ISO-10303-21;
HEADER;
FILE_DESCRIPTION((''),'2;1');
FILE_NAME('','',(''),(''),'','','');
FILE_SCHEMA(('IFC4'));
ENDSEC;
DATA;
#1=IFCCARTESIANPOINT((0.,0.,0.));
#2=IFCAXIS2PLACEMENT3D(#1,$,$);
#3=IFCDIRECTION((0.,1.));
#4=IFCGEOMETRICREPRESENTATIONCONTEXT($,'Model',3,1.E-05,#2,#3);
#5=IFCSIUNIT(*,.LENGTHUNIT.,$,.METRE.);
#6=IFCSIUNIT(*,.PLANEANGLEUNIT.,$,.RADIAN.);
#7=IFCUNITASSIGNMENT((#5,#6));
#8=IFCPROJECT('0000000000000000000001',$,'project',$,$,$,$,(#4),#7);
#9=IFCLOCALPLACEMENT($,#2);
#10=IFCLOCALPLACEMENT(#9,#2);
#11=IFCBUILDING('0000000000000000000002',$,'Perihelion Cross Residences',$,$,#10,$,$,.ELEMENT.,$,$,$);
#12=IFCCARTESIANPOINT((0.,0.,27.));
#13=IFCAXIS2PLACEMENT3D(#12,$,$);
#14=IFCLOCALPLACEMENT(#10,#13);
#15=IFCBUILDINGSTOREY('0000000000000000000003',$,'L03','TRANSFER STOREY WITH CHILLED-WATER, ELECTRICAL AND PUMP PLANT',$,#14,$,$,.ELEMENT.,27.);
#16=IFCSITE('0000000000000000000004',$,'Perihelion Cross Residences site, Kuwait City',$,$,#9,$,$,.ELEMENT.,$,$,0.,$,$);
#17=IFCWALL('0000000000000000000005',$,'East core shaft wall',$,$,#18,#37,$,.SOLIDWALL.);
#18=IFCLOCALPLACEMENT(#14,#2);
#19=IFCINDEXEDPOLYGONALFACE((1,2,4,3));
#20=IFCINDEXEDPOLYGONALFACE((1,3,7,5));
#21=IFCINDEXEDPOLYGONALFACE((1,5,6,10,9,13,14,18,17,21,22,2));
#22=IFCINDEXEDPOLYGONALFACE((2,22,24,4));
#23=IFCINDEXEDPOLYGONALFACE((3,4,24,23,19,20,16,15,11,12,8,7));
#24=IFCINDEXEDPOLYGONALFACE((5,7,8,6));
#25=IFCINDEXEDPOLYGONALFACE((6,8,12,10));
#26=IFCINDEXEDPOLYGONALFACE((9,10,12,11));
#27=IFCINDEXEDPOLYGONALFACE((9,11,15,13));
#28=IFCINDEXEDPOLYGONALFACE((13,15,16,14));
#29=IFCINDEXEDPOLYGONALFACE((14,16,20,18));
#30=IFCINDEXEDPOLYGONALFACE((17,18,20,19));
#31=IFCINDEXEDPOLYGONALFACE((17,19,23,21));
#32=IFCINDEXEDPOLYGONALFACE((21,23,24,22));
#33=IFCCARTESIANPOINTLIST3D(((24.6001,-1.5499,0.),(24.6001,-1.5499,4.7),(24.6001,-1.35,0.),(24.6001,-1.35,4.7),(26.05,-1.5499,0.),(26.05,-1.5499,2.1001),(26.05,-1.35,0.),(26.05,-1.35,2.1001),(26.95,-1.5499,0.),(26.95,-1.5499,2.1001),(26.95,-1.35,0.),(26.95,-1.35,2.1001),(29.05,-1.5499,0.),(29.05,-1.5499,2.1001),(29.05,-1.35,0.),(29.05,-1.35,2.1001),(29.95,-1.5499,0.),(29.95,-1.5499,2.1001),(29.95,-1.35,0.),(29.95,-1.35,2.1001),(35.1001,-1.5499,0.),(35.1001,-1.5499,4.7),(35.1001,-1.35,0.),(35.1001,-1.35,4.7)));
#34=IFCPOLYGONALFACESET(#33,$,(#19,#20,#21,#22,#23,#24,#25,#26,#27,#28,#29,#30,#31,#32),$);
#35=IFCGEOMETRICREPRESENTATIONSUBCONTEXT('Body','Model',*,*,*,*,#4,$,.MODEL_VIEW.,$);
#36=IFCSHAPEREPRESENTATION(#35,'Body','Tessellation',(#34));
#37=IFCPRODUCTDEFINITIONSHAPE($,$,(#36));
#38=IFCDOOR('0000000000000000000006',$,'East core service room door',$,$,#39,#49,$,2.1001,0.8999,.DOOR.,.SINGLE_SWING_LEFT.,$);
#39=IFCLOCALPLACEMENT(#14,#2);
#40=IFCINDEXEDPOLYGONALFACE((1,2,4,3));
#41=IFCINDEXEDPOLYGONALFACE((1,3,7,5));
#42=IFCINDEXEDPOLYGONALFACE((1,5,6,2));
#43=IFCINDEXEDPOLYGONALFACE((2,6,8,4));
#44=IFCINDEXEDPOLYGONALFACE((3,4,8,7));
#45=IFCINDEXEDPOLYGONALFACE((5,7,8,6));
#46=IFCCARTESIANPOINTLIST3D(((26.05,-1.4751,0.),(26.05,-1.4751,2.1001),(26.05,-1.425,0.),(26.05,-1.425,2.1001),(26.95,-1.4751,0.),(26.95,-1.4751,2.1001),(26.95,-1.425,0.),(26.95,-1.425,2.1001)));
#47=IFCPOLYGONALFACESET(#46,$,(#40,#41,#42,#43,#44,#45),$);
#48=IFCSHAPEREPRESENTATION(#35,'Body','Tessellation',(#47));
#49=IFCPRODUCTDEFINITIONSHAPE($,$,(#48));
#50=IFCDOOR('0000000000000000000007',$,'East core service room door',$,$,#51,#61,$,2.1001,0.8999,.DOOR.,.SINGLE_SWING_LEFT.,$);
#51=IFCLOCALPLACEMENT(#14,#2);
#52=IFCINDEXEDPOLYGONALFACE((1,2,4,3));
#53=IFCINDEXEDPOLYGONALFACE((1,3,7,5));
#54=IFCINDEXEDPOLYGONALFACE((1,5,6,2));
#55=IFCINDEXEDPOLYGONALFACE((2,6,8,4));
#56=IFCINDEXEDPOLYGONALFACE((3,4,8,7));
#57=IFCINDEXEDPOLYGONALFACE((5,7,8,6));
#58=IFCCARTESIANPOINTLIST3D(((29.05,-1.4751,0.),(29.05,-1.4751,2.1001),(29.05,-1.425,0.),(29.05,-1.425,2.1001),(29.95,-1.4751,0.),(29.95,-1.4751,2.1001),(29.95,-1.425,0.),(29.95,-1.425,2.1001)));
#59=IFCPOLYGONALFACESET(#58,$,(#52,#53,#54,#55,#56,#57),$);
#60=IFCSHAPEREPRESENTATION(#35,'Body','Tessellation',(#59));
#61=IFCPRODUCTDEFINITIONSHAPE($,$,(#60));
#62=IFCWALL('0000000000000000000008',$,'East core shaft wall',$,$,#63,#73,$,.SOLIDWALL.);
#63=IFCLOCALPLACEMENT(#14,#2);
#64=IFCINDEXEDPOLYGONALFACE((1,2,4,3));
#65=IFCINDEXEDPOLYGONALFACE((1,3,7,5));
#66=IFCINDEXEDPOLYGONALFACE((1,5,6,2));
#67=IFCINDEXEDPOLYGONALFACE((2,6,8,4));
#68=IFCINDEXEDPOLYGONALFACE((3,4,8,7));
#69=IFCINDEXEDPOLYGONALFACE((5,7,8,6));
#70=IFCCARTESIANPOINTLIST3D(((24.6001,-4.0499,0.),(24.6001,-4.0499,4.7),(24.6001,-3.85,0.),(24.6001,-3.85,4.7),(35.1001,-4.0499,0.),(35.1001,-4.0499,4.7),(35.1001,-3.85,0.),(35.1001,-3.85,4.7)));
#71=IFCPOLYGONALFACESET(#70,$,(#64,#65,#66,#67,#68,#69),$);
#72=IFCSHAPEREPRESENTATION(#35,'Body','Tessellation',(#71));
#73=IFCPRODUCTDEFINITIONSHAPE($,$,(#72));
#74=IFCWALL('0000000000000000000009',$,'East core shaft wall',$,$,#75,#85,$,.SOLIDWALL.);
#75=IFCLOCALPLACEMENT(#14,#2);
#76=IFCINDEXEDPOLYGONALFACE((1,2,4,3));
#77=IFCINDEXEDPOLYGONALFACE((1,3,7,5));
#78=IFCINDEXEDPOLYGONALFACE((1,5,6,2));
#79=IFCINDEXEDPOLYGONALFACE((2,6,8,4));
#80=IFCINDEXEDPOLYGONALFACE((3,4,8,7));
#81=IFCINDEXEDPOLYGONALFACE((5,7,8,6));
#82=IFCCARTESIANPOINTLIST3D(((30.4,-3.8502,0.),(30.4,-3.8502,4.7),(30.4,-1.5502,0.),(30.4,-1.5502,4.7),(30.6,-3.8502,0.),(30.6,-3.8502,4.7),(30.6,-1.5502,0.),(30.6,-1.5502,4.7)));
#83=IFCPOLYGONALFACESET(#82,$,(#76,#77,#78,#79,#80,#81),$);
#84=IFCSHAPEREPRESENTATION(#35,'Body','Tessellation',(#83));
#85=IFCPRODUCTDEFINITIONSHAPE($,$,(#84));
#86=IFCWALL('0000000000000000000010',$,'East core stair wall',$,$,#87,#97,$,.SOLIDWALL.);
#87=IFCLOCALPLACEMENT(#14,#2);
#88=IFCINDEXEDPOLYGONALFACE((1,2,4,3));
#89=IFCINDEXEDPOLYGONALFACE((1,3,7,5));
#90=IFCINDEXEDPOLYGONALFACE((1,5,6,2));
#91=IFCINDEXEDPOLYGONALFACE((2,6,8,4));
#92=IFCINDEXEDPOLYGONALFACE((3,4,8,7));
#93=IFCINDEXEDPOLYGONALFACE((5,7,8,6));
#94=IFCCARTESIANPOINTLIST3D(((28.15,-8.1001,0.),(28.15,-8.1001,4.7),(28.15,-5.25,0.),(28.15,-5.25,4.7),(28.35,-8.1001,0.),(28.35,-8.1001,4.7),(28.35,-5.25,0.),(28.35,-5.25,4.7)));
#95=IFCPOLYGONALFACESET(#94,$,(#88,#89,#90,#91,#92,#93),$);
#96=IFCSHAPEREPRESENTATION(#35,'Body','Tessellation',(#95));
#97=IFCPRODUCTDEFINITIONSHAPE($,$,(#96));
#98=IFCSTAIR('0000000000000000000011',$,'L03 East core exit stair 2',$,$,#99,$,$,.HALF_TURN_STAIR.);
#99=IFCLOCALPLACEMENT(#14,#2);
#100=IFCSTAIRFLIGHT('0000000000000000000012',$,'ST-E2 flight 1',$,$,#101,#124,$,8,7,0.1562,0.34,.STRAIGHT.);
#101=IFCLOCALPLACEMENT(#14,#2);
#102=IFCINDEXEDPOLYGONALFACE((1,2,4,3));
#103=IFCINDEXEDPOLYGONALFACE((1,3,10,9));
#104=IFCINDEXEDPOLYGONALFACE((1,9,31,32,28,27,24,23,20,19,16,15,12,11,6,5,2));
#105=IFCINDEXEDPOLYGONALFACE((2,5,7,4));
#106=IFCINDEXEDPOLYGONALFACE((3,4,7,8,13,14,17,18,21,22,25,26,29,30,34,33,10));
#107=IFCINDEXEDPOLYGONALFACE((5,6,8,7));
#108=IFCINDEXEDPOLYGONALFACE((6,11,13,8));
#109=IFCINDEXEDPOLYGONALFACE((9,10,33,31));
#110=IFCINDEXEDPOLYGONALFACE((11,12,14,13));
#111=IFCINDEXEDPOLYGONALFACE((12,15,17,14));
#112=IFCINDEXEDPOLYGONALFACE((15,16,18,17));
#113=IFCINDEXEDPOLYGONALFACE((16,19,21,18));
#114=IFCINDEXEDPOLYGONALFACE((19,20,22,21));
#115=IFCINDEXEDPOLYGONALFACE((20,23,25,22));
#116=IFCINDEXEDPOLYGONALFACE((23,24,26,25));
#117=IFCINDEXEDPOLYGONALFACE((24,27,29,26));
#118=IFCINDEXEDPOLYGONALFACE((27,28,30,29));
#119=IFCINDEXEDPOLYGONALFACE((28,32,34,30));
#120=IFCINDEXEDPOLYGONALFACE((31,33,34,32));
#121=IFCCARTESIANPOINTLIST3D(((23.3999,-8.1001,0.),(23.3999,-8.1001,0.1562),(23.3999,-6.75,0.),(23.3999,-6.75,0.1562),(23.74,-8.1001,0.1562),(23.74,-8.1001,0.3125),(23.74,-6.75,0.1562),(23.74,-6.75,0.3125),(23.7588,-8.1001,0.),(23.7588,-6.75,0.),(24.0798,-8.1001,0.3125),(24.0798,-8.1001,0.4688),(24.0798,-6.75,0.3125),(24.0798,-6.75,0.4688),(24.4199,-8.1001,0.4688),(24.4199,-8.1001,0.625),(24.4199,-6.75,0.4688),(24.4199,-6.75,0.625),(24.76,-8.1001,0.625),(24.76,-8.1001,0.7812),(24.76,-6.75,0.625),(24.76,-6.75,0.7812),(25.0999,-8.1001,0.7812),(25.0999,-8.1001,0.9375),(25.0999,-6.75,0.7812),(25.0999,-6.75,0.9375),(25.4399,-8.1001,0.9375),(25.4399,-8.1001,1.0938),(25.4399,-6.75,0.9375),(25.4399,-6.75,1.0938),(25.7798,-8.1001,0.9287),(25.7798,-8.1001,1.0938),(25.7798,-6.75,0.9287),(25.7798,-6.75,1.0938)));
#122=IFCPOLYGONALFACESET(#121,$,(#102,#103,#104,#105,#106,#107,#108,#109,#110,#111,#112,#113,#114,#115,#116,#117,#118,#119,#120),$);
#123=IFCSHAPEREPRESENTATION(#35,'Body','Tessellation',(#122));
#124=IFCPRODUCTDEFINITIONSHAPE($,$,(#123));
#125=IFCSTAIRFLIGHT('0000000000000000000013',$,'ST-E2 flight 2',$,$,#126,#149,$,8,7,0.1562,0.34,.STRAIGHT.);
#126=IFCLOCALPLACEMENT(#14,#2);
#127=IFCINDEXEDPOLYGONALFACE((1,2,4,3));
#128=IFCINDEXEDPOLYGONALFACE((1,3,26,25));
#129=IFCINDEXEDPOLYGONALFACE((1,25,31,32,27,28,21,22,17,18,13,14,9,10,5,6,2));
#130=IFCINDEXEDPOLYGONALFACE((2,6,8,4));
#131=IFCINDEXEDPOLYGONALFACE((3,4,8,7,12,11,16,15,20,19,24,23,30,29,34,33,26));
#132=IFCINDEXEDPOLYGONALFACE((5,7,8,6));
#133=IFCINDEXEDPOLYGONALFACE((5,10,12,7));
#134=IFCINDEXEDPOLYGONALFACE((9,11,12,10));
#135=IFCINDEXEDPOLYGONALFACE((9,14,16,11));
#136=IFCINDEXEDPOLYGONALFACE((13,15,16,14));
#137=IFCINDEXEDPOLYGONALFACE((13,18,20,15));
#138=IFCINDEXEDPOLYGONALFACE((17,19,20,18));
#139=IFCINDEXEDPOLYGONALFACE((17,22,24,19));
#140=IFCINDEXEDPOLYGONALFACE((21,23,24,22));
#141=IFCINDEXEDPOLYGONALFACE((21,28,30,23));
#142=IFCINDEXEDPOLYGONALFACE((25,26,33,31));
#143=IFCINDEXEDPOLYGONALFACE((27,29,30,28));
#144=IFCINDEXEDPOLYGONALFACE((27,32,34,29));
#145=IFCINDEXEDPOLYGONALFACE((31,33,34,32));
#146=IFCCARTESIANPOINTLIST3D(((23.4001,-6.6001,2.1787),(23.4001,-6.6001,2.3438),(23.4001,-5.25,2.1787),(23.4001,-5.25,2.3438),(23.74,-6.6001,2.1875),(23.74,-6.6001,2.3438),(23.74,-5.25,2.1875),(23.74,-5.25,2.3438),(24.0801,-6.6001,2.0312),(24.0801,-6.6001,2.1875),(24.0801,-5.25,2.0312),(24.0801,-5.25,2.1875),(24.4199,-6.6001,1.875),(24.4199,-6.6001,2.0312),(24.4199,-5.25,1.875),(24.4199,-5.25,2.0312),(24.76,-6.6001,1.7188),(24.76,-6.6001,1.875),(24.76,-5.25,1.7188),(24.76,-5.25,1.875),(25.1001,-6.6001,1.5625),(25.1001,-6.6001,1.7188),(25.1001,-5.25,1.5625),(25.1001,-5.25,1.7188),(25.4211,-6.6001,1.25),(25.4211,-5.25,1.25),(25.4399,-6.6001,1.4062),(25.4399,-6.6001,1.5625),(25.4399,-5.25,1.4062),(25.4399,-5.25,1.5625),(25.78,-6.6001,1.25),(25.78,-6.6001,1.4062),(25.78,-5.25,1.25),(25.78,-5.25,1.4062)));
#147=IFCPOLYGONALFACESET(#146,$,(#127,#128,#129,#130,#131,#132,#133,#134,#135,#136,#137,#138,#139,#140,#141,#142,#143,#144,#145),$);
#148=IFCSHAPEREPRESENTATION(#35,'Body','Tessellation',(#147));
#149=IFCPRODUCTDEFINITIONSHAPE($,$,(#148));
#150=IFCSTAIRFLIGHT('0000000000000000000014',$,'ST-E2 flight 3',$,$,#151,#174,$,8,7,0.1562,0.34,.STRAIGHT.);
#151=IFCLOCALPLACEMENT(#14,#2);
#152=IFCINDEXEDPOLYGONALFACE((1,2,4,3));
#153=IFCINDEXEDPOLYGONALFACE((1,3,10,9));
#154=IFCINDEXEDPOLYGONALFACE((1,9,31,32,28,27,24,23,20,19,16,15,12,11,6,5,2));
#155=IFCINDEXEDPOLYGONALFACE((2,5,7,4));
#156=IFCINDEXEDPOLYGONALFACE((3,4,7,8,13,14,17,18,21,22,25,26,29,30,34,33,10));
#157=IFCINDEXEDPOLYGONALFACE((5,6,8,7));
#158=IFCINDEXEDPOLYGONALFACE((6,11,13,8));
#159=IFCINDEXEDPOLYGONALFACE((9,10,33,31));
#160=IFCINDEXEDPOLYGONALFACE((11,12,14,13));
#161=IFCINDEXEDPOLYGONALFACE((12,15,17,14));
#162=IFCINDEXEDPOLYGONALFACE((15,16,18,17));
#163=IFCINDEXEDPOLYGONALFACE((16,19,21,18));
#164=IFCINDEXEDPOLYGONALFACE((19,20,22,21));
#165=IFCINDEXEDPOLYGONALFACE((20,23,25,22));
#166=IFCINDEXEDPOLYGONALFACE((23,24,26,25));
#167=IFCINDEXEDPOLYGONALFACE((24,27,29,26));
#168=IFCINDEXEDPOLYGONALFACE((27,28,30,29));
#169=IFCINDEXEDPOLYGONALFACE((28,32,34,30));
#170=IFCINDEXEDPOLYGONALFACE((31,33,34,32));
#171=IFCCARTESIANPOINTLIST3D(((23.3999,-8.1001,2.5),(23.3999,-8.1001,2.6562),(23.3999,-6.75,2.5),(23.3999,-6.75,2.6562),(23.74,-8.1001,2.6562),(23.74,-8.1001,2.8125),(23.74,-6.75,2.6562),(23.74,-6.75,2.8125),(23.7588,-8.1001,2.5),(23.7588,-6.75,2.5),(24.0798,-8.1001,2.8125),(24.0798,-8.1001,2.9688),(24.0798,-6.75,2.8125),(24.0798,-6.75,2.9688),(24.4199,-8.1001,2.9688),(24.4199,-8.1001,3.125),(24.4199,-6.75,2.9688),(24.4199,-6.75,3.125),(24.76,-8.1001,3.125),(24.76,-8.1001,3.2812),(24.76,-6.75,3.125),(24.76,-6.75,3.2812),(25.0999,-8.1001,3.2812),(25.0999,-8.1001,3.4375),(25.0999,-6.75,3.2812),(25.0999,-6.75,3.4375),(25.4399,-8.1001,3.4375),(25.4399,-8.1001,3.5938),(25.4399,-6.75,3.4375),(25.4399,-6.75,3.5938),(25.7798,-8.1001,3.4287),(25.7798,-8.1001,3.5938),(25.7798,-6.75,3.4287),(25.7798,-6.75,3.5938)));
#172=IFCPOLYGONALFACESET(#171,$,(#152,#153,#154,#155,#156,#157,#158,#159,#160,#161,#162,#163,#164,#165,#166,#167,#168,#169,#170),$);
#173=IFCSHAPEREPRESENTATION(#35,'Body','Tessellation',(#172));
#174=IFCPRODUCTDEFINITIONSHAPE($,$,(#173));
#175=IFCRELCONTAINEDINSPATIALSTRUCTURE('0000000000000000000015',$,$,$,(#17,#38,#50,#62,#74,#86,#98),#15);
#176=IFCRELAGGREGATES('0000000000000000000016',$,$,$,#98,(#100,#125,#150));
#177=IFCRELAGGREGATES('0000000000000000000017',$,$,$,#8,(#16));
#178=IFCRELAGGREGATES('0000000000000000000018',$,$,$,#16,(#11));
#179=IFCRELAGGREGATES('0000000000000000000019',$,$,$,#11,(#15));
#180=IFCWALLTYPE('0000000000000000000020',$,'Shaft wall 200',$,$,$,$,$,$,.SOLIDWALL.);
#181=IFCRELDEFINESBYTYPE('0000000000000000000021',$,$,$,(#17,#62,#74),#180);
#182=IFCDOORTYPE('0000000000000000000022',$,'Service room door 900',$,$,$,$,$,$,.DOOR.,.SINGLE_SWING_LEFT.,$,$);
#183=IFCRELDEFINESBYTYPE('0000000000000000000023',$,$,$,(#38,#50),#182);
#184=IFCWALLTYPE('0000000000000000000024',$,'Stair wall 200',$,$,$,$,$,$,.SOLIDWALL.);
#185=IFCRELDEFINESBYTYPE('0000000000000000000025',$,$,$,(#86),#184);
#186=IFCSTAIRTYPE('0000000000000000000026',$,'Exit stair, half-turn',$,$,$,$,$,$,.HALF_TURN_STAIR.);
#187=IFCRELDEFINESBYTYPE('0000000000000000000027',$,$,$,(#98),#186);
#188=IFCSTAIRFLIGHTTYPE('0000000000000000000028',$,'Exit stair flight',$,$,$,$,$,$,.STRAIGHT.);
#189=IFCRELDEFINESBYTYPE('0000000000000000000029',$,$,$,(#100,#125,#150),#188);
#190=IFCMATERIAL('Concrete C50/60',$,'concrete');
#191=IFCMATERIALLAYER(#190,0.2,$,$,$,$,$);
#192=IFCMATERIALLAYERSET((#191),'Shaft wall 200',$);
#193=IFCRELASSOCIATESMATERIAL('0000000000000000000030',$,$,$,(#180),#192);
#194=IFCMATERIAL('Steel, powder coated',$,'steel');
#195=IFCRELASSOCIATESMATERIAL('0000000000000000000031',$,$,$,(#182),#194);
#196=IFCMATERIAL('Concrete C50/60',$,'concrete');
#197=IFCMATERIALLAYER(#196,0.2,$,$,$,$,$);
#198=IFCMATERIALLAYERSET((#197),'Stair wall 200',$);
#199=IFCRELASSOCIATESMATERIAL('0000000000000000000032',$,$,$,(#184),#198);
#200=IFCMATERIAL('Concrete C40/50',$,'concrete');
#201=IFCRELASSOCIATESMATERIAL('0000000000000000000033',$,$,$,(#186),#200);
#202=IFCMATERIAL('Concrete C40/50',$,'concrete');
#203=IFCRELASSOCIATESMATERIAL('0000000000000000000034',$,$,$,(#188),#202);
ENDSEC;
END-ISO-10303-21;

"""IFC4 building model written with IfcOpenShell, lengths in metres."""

from ifc_helpers import new_model, si_unit, direction, frame, frame_2d, origin, place, context, subcontext, project, spatial, polyline, rectangle, outline, extrude, material, layer, layer_set, type_object, element, fill, aggregate, save


model = new_model("IFC4")

# Units and contexts
model_context = context("Model", 3, precision=1e-05, world=origin(), true_north=direction((0.0, 1.0)))
body_context = subcontext(model_context, "Body", "Model", "MODEL_VIEW")
ifc_project = project(units=[si_unit("LENGTHUNIT", "METRE"), si_unit("PLANEANGLEUNIT", "RADIAN")], contexts=[model_context])

# Site, building, storey
site_placement = place(None, origin())
site = spatial("IfcSite", under=ifc_project, at=site_placement, Name="Perihelion Cross Residences site, Kuwait City", CompositionType="ELEMENT", RefElevation=0.0)
building_placement = place(site_placement, origin())
building = spatial("IfcBuilding", under=site, at=building_placement, Name="Perihelion Cross Residences", CompositionType="ELEMENT")
storey_placement = place(building_placement, frame((0.0, 0.0, 27.0)))
storey = spatial("IfcBuildingStorey", under=building, at=storey_placement, Name="L03", Description="TRANSFER STOREY WITH CHILLED-WATER, ELECTRICAL AND PUMP PLANT", CompositionType="ELEMENT", Elevation=27.0)

# Wall, openings, doors
ifc_material_1 = material(Name="Concrete C50/60", Category="concrete")
ifc_layer_1 = layer(ifc_material_1, 0.2)
ifc_layer_set_1 = layer_set([ifc_layer_1], Name="Shaft wall 200")
wall_type_1 = type_object("IfcWallType", Name="Shaft wall 200", PredefinedType="SOLIDWALL", material=ifc_layer_set_1)
wall_1_placement = place(storey_placement, frame((24.6001, -1.45, 0.0), z_axis=(0.0, 0.0, 1.0), x_axis=(1.0, 0.0, 0.0)))
wall_1 = element("IfcWall", 1, at=wall_1_placement, inside=storey, type_object=wall_type_1, Name="East core shaft wall", PredefinedType="SOLIDWALL", context=body_context, shape_type="SweptSolid", body=[
    extrude(rectangle(XDim=10.5, YDim=0.2, at=frame_2d((5.25, 0.0))), origin(), (0.0, 0.0, 1.0), 4.7),
])
opening_1_placement = place(wall_1_placement, frame((1.45, 0.0, 0.0)))
opening_1 = element("IfcOpeningElement", 2, at=opening_1_placement, cuts=wall_1, PredefinedType="OPENING", context=body_context, shape_type="SweptSolid", body=[
    extrude(rectangle(XDim=0.8999, YDim=2.1001, at=frame_2d((0.45, 1.05))), frame((0.0, 0.1099, 0.0), z_axis=(0.0, -1.0, 0.0), x_axis=(1.0, 0.0, 0.0)), (0.0, 0.0, 1.0), 0.22),
])
opening_2_placement = place(wall_1_placement, frame((4.45, 0.0, 0.0)))
opening_2 = element("IfcOpeningElement", 3, at=opening_2_placement, cuts=wall_1, PredefinedType="OPENING", context=body_context, shape_type="SweptSolid", body=[
    extrude(rectangle(XDim=0.8999, YDim=2.1001, at=frame_2d((0.45, 1.05))), frame((0.0, 0.1099, 0.0), z_axis=(0.0, -1.0, 0.0), x_axis=(1.0, 0.0, 0.0)), (0.0, 0.0, 1.0), 0.22),
])
ifc_material_2 = material(Name="Steel, powder coated", Category="steel")
door_type_1 = type_object("IfcDoorType", Name="Service room door 900", OperationType="SINGLE_SWING_LEFT", PredefinedType="DOOR", material=ifc_material_2)
door_1_placement = place(opening_1_placement, origin())
door_1 = element("IfcDoor", 4, at=door_1_placement, inside=storey, type_object=door_type_1, Name="East core service room door", OperationType="SINGLE_SWING_LEFT", OverallHeight=2.1001, OverallWidth=0.8999, PredefinedType="DOOR", context=body_context, shape_type="SweptSolid", body=[
    extrude(rectangle(XDim=0.8999, YDim=2.1001, at=frame_2d((0.45, 1.05))), frame((0.0, 0.0249, 0.0), z_axis=(0.0, -1.0, 0.0), x_axis=(1.0, 0.0, 0.0)), (0.0, 0.0, 1.0), 0.05),
])
fill(opening_1, door_1)
door_2_placement = place(opening_2_placement, origin())
door_2 = element("IfcDoor", 5, at=door_2_placement, inside=storey, type_object=door_type_1, Name="East core service room door", OperationType="SINGLE_SWING_LEFT", OverallHeight=2.1001, OverallWidth=0.8999, PredefinedType="DOOR", context=body_context, shape_type="SweptSolid", body=[
    extrude(rectangle(XDim=0.8999, YDim=2.1001, at=frame_2d((0.45, 1.05))), frame((0.0, 0.0249, 0.0), z_axis=(0.0, -1.0, 0.0), x_axis=(1.0, 0.0, 0.0)), (0.0, 0.0, 1.0), 0.05),
])
fill(opening_2, door_2)

# Walls
wall_2_placement = place(storey_placement, frame((24.6001, -3.95, 0.0), z_axis=(0.0, 0.0, 1.0), x_axis=(1.0, 0.0, 0.0)))
element("IfcWall", 6, at=wall_2_placement, inside=storey, type_object=wall_type_1, Name="East core shaft wall", PredefinedType="SOLIDWALL", context=body_context, shape_type="SweptSolid", body=[
    extrude(rectangle(XDim=10.5, YDim=0.2, at=frame_2d((5.25, 0.0))), origin(), (0.0, 0.0, 1.0), 4.7),
])
wall_3_placement = place(storey_placement, frame((30.5, -3.8501, 0.0), z_axis=(0.0, 0.0, 1.0), x_axis=(0.0, 1.0, 0.0)))
element("IfcWall", 7, at=wall_3_placement, inside=storey, type_object=wall_type_1, Name="East core shaft wall", PredefinedType="SOLIDWALL", context=body_context, shape_type="SweptSolid", body=[
    extrude(rectangle(XDim=2.3, YDim=0.2, at=frame_2d((1.1499, 0.0))), origin(), (0.0, 0.0, 1.0), 4.7),
])
ifc_material_3 = material(Name="Concrete C50/60", Category="concrete")
ifc_layer_2 = layer(ifc_material_3, 0.2)
ifc_layer_set_2 = layer_set([ifc_layer_2], Name="Stair wall 200")
wall_type_2 = type_object("IfcWallType", Name="Stair wall 200", PredefinedType="SOLIDWALL", material=ifc_layer_set_2)
wall_4_placement = place(storey_placement, frame((28.25, -8.1001, 0.0), z_axis=(0.0, 0.0, 1.0), x_axis=(0.0, 1.0, 0.0)))
element("IfcWall", 8, at=wall_4_placement, inside=storey, type_object=wall_type_2, Name="East core stair wall", PredefinedType="SOLIDWALL", context=body_context, shape_type="SweptSolid", body=[
    extrude(rectangle(XDim=2.8501, YDim=0.2, at=frame_2d((1.425, 0.0))), origin(), (0.0, 0.0, 1.0), 4.7),
])

# Stair, stair flights
ifc_material_4 = material(Name="Concrete C40/50", Category="concrete")
stair_type = type_object("IfcStairType", Name="Exit stair, half-turn", PredefinedType="HALF_TURN_STAIR", material=ifc_material_4)
stair_placement = place(storey_placement, origin())
stair = element("IfcStair", 9, at=stair_placement, inside=storey, type_object=stair_type, Name="L03 East core exit stair 2", PredefinedType="HALF_TURN_STAIR")
ifc_material_5 = material(Name="Concrete C40/50", Category="concrete")
stair_flight_type = type_object("IfcStairFlightType", Name="Exit stair flight", PredefinedType="STRAIGHT", material=ifc_material_5)
stair_flight_1_placement = place(storey_placement, frame((23.3999, -7.425, 0.0), z_axis=(0.0, 0.0, 1.0), x_axis=(1.0, 0.0, 0.0)))
stair_flight_1 = element("IfcStairFlight", 10, at=stair_flight_1_placement, type_object=stair_flight_type, Name="ST-E2 flight 1", NumberOfRisers=8, NumberOfTreads=7, PredefinedType="STRAIGHT", RiserHeight=0.1562, TreadLength=0.34, context=body_context, shape_type="SweptSolid", body=[
    extrude(outline(polyline([(0.0, 0.0), (0.0, 0.1562), (0.3401, 0.1562), (0.3401, 0.3125), (0.6799, 0.3125), (0.6799, 0.4688), (1.02, 0.4688), (1.02, 0.625), (1.3601, 0.625), (1.3601, 0.7812), (1.7, 0.7812), (1.7, 0.9375), (2.04, 0.9375), (2.04, 1.0938), (2.3799, 1.0938), (2.3799, 1.25), (2.3799, 0.9287), (0.3589, 0.0), (0.0, 0.0)])), frame((0.0, 0.675, 0.0), z_axis=(0.0, -1.0, 0.0), x_axis=(1.0, 0.0, 0.0)), (0.0, 0.0, 1.0), 1.3501),
])
stair_flight_2_placement = place(storey_placement, frame((25.78, -5.925, 1.25), z_axis=(0.0, 0.0, 1.0), x_axis=(-1.0, 0.0, 0.0)))
stair_flight_2 = element("IfcStairFlight", 11, at=stair_flight_2_placement, type_object=stair_flight_type, Name="ST-E2 flight 2", NumberOfRisers=8, NumberOfTreads=7, PredefinedType="STRAIGHT", RiserHeight=0.1562, TreadLength=0.34, context=body_context, shape_type="SweptSolid", body=[
    extrude(outline(polyline([(0.0, 0.0), (0.0, 0.1562), (0.3401, 0.1562), (0.3401, 0.3125), (0.6799, 0.3125), (0.6799, 0.4688), (1.02, 0.4688), (1.02, 0.625), (1.3601, 0.625), (1.3601, 0.7812), (1.7, 0.7812), (1.7, 0.9375), (2.04, 0.9375), (2.04, 1.0938), (2.3799, 1.0938), (2.3799, 1.25), (2.3799, 0.9287), (0.3589, 0.0), (0.0, 0.0)])), frame((0.0, 0.675, 0.0), z_axis=(0.0, -1.0, 0.0), x_axis=(1.0, 0.0, 0.0)), (0.0, 0.0, 1.0), 1.3501),
])
stair_flight_3_placement = place(storey_placement, frame((23.3999, -7.425, 2.5), z_axis=(0.0, 0.0, 1.0), x_axis=(1.0, 0.0, 0.0)))
stair_flight_3 = element("IfcStairFlight", 12, at=stair_flight_3_placement, type_object=stair_flight_type, Name="ST-E2 flight 3", NumberOfRisers=8, NumberOfTreads=7, PredefinedType="STRAIGHT", RiserHeight=0.1562, TreadLength=0.34, context=body_context, shape_type="SweptSolid", body=[
    extrude(outline(polyline([(0.0, 0.0), (0.0, 0.1562), (0.3401, 0.1562), (0.3401, 0.3125), (0.6799, 0.3125), (0.6799, 0.4688), (1.02, 0.4688), (1.02, 0.625), (1.3601, 0.625), (1.3601, 0.7812), (1.7, 0.7812), (1.7, 0.9375), (2.04, 0.9375), (2.04, 1.0938), (2.3799, 1.0938), (2.3799, 1.25), (2.3799, 0.9287), (0.3589, 0.0), (0.0, 0.0)])), frame((0.0, 0.675, 0.0), z_axis=(0.0, -1.0, 0.0), x_axis=(1.0, 0.0, 0.0)), (0.0, 0.0, 1.0), 1.3501),
])
aggregate(stair, [stair_flight_1, stair_flight_2, stair_flight_3])

save(model, "model.ifc")
